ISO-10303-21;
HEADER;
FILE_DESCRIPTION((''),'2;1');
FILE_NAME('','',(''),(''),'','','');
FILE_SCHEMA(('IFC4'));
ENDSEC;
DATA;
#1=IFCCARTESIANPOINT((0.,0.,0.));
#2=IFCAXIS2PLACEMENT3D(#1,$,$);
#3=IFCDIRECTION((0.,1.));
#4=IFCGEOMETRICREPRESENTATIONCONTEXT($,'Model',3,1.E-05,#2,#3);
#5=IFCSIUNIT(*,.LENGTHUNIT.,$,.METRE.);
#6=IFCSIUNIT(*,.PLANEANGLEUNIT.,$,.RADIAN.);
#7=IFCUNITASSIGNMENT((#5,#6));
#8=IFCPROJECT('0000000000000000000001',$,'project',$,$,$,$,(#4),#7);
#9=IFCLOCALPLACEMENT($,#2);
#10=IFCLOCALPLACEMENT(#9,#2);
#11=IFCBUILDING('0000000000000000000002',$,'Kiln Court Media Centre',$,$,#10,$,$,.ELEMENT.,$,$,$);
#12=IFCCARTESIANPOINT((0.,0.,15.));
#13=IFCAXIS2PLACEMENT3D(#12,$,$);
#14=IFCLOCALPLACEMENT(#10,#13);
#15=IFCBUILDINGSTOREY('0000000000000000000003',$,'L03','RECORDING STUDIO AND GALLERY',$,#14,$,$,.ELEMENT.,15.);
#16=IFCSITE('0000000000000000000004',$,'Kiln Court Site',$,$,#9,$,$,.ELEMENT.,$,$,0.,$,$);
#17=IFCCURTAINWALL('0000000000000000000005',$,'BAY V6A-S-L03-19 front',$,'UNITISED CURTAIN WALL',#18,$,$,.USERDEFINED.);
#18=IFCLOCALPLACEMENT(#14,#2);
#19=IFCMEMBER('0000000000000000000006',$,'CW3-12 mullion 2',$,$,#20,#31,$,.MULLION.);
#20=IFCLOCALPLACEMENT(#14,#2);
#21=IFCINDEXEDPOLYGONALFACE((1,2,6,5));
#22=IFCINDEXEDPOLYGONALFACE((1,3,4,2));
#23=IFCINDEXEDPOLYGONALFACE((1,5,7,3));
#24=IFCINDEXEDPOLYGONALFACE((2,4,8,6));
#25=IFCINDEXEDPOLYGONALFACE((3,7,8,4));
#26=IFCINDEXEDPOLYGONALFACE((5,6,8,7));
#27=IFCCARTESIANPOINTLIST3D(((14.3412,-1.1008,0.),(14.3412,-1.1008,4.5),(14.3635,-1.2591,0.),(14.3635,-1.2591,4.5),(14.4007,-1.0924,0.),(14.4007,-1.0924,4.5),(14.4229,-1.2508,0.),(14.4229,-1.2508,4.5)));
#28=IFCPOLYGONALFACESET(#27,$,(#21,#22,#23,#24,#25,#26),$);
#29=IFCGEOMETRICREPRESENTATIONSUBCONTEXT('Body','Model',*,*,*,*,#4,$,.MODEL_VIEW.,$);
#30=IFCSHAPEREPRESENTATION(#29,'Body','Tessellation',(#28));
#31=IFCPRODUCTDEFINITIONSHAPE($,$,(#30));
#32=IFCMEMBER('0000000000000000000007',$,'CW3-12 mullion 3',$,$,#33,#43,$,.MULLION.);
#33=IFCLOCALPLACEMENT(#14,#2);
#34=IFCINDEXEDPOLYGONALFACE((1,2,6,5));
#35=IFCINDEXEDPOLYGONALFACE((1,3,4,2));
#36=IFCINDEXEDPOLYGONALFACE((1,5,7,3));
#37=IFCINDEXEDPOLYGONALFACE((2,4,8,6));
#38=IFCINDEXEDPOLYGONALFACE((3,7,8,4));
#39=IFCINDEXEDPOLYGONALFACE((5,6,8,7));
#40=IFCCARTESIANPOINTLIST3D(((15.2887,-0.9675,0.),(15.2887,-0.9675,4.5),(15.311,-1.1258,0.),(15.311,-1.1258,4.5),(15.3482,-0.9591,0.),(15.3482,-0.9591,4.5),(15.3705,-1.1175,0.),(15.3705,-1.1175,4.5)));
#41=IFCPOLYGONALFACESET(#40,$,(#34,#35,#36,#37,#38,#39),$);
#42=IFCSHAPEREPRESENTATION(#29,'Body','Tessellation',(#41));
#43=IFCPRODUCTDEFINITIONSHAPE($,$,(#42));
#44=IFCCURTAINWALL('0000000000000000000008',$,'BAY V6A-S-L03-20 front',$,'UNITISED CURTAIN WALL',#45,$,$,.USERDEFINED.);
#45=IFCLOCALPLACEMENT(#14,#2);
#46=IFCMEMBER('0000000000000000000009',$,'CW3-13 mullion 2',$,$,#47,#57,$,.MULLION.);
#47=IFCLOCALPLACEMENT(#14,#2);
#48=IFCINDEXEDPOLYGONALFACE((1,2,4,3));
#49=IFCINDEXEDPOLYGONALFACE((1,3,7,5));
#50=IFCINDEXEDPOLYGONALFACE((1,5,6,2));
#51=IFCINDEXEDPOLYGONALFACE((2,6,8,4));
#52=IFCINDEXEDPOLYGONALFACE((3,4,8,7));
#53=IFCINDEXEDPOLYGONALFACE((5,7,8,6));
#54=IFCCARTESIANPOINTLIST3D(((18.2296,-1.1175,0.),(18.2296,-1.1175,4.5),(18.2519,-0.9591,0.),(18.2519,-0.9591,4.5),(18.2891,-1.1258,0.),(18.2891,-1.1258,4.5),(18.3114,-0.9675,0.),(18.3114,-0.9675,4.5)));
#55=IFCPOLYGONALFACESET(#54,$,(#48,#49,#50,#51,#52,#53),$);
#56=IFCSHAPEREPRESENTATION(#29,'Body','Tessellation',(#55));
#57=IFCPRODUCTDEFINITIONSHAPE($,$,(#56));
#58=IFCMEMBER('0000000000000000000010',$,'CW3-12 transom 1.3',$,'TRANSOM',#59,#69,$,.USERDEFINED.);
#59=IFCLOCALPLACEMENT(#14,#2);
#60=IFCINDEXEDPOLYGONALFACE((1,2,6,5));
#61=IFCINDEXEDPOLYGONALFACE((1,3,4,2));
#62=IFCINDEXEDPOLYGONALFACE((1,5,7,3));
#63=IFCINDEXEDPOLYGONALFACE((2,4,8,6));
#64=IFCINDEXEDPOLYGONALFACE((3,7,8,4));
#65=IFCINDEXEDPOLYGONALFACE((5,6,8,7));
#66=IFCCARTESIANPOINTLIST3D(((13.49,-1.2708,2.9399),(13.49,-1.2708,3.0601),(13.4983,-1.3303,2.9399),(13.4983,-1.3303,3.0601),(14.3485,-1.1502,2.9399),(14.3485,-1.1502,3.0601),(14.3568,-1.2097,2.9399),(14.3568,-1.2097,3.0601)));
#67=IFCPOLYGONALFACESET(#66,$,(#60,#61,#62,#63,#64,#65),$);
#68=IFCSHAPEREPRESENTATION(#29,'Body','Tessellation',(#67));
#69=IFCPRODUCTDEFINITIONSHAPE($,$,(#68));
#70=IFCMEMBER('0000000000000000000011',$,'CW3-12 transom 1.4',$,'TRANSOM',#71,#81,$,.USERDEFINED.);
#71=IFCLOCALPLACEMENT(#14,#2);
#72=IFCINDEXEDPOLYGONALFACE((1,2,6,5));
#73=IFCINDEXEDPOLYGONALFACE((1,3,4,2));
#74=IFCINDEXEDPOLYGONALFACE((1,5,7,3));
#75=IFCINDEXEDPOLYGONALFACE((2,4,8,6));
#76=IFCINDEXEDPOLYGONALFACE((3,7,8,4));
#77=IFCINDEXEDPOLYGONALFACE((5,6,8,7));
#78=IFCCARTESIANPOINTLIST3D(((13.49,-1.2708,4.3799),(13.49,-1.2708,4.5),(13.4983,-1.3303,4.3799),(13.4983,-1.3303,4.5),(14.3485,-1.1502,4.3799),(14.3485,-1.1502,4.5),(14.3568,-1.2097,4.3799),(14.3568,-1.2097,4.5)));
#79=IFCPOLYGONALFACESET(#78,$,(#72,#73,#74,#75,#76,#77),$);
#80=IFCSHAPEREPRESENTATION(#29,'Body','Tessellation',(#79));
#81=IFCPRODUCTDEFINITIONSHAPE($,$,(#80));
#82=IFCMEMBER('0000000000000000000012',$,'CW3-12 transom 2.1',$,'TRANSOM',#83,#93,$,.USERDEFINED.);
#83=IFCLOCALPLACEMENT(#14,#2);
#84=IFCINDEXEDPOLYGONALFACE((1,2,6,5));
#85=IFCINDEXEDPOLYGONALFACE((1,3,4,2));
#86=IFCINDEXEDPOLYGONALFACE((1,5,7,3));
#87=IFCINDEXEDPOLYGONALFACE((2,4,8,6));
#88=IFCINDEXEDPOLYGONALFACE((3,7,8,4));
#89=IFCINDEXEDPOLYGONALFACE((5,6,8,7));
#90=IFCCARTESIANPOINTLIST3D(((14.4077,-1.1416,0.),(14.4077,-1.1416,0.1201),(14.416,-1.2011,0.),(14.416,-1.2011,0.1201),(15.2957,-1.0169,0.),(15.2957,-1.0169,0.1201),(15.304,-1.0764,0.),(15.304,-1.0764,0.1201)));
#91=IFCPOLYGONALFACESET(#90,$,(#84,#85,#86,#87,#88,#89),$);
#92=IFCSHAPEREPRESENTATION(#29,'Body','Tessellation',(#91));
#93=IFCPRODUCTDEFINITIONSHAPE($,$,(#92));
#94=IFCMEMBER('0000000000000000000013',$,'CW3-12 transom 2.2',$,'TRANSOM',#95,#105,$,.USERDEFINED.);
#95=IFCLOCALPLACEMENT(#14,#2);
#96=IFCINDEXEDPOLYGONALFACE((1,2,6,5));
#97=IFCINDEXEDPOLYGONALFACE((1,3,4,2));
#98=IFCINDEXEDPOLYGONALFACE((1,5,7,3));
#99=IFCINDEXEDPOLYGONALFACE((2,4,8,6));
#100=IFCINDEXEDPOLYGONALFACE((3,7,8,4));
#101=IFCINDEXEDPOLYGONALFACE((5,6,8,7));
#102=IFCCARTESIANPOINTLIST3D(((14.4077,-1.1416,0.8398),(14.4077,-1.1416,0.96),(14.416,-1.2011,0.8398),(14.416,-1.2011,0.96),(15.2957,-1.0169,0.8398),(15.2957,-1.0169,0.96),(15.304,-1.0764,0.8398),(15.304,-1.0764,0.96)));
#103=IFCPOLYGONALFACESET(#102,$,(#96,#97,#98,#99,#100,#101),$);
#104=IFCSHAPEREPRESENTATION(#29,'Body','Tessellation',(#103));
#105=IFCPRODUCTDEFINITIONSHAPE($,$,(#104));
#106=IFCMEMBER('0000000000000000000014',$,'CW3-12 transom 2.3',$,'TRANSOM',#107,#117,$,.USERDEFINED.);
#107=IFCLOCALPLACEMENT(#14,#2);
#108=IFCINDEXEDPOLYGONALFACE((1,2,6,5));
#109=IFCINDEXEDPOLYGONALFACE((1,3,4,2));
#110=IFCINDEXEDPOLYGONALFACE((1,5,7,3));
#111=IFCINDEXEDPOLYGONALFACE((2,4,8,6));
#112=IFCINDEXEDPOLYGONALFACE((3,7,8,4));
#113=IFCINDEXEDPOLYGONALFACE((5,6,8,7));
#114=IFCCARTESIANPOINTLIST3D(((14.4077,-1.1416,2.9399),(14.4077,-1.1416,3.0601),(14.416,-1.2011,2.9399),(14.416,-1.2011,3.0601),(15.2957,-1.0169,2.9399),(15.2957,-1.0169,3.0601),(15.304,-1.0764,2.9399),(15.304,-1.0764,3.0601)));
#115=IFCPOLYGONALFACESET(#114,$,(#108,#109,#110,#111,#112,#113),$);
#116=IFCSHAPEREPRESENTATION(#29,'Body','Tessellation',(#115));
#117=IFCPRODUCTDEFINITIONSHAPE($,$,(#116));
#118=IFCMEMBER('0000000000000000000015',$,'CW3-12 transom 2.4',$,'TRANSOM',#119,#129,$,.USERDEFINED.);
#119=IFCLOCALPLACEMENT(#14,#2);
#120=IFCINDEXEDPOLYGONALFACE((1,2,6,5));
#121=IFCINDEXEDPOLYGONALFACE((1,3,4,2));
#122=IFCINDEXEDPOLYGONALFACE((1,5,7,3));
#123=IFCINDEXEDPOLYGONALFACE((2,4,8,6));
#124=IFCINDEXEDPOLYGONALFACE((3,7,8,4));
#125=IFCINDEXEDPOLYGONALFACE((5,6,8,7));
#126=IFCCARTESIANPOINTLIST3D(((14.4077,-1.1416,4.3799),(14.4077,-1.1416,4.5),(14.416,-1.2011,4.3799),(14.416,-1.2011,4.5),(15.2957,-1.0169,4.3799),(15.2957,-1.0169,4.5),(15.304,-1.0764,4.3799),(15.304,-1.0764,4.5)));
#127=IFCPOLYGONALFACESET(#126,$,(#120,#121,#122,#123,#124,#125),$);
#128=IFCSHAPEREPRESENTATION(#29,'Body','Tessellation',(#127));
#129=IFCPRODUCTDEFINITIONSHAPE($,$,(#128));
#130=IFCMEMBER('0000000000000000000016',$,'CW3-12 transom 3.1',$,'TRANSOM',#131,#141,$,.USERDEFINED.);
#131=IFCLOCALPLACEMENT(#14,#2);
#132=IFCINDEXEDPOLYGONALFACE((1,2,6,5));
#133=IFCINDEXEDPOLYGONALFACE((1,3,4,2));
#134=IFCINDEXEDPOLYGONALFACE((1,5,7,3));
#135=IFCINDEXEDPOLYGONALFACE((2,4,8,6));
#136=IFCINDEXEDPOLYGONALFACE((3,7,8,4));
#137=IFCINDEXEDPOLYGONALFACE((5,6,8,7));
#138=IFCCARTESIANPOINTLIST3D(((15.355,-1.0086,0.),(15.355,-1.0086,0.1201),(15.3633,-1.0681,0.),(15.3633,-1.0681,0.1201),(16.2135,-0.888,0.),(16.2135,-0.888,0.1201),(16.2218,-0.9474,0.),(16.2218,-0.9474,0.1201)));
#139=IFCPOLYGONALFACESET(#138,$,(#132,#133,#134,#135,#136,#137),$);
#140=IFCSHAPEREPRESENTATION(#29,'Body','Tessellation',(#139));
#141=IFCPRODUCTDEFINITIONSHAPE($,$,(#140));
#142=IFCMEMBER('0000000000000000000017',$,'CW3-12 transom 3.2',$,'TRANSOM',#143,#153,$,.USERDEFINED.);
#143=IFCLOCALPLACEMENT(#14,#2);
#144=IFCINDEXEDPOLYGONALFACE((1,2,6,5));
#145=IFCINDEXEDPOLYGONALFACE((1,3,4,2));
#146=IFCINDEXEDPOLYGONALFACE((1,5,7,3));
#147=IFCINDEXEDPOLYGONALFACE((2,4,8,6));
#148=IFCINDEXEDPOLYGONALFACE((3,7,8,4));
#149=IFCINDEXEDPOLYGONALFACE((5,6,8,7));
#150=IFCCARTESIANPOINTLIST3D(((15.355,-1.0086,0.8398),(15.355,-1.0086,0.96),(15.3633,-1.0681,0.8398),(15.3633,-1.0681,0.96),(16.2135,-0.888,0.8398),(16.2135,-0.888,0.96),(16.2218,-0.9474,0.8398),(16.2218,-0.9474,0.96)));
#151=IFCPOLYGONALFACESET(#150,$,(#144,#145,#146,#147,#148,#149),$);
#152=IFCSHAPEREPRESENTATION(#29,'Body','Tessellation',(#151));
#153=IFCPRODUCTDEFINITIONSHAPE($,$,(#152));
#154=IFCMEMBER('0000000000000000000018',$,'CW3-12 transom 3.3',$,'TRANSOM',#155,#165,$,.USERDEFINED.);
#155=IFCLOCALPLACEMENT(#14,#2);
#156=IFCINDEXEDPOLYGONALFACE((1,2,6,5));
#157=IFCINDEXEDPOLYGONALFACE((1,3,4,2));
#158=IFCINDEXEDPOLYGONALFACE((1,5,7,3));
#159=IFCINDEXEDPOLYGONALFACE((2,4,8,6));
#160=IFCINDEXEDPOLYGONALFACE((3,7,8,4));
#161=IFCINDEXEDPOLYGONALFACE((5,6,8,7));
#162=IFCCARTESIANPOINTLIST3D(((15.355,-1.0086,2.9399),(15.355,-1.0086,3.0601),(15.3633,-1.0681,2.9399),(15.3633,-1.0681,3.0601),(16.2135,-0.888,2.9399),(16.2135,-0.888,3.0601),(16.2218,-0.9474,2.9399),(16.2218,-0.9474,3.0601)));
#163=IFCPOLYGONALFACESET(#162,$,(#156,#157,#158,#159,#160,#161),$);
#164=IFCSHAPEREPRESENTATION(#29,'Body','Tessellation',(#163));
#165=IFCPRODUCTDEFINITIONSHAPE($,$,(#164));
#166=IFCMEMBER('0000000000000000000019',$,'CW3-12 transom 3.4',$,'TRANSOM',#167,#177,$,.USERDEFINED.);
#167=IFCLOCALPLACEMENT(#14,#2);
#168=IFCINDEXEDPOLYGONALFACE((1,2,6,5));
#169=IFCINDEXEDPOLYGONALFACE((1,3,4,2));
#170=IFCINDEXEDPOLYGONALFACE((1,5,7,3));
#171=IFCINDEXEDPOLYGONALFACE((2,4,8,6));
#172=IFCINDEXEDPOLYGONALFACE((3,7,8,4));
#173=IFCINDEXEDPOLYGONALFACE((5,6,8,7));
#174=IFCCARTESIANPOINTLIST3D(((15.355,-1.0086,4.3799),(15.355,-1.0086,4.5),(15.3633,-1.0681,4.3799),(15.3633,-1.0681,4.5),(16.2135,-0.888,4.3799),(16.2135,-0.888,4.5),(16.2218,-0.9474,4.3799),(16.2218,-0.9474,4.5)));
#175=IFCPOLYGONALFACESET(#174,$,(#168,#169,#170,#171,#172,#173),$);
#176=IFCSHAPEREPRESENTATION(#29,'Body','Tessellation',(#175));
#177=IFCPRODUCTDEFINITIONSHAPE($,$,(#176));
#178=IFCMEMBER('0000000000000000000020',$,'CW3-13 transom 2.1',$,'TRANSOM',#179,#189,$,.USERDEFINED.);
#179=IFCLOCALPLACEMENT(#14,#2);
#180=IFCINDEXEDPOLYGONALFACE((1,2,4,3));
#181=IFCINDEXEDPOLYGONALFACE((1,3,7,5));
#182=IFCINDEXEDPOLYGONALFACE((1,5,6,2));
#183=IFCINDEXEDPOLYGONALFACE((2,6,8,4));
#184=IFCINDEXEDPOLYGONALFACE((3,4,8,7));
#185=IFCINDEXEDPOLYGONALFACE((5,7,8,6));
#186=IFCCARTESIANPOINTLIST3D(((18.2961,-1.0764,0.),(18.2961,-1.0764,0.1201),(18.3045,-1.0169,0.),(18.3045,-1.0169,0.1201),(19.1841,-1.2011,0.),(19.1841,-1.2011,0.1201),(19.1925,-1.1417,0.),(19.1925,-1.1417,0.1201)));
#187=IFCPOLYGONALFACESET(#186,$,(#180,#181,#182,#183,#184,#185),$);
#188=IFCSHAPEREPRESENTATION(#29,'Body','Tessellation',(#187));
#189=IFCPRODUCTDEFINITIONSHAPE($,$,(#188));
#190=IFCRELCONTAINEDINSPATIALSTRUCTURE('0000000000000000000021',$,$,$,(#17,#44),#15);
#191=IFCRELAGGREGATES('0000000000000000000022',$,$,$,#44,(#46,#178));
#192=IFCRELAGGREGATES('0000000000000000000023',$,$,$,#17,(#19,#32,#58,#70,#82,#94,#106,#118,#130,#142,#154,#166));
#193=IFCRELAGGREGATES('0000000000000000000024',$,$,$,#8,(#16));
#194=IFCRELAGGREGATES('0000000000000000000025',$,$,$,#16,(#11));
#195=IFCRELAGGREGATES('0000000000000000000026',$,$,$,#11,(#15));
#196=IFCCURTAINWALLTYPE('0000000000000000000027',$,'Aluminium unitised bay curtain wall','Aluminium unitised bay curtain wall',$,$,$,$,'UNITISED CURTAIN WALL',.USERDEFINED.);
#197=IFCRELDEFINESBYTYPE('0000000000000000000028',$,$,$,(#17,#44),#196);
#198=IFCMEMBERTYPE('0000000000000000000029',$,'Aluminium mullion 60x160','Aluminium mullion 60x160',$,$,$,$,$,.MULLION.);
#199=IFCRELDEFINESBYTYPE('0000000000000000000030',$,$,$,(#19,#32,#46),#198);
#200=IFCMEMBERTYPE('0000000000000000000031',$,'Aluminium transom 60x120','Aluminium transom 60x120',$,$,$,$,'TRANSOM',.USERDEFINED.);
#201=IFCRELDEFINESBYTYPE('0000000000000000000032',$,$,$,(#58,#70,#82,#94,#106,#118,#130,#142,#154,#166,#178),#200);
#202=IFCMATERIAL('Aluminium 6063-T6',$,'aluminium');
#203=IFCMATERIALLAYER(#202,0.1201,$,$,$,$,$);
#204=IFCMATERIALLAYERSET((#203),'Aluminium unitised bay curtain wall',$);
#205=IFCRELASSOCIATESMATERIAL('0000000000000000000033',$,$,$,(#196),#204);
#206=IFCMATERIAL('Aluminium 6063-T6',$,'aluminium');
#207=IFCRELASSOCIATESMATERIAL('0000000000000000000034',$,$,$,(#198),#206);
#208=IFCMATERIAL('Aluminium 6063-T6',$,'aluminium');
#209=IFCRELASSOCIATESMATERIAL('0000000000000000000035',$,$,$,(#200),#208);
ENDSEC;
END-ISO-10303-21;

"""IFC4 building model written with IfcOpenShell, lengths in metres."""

from ifc_helpers import new_model, si_unit, direction, frame, origin, origin_2d, place, context, subcontext, project, spatial, rectangle, extrude, material, layer, layer_set, material_profile, profile_set, type_object, element, aggregate, save


model = new_model("IFC4")

# Units and contexts
model_context = context("Model", 3, precision=1e-05, world=origin(), true_north=direction((0.0, 1.0)))
body_context = subcontext(model_context, "Body", "Model", "MODEL_VIEW")
ifc_project = project(units=[si_unit("LENGTHUNIT", "METRE"), si_unit("PLANEANGLEUNIT", "RADIAN")], contexts=[model_context])

# Site, building, storey
site_placement = place(None, origin())
site = spatial("IfcSite", under=ifc_project, at=site_placement, Name="Kiln Court Site", CompositionType="ELEMENT", RefElevation=0.0)
building_placement = place(site_placement, origin())
building = spatial("IfcBuilding", under=site, at=building_placement, Name="Kiln Court Media Centre", CompositionType="ELEMENT")
storey_placement = place(building_placement, frame((0.0, 0.0, 15.0)))
storey = spatial("IfcBuildingStorey", under=building, at=storey_placement, Name="L03", Description="RECORDING STUDIO AND GALLERY", CompositionType="ELEMENT", Elevation=15.0)

# Curtain wall, members
ifc_material_1 = material(Name="Aluminium 6063-T6", Category="aluminium")
ifc_layer_1 = layer(ifc_material_1, 0.1201)
ifc_layer_set_1 = layer_set([ifc_layer_1], Name="Aluminium unitised bay curtain wall")
curtain_wall_type = type_object("IfcCurtainWallType", Name="Aluminium unitised bay curtain wall", Description="Aluminium unitised bay curtain wall", ElementType="UNITISED CURTAIN WALL", PredefinedType="USERDEFINED", material=ifc_layer_set_1)
curtain_wall_1_placement = place(storey_placement, origin())
curtain_wall_1 = element("IfcCurtainWall", 1, at=curtain_wall_1_placement, inside=storey, type_object=curtain_wall_type, Name="BAY V6A-S-L03-19 front", ObjectType="UNITISED CURTAIN WALL", PredefinedType="USERDEFINED")
ifc_material_2 = material(Name="Aluminium 6063-T6", Category="aluminium")
ifc_material_profile_1 = material_profile(ifc_material_2, rectangle(XDim=0.0601, YDim=0.1599, at=origin_2d()), Name="Aluminium mullion 60x160")
ifc_profile_set_1 = profile_set([ifc_material_profile_1], Name="Aluminium 6063-T6")
member_type_1 = type_object("IfcMemberType", Name="Aluminium mullion 60x160", Description="Aluminium mullion 60x160", PredefinedType="MULLION", material=ifc_profile_set_1)
member_1_placement = place(storey_placement, frame((14.3821, -1.1758, 0.0), z_axis=(0.0, 0.0, 1.0), x_axis=(0.99027, 0.139162, 0.0)))
member_1 = element("IfcMember", 2, at=member_1_placement, type_object=member_type_1, Name="CW3-12 mullion 2", PredefinedType="MULLION", context=body_context, shape_type="SweptSolid", body=[
    extrude(rectangle(XDim=0.0601, YDim=0.1599, at=origin_2d()), origin(), (0.0, 0.0, 1.0), 4.5),
])
member_2_placement = place(storey_placement, frame((15.3296, -1.0425, 0.0), z_axis=(0.0, 0.0, 1.0), x_axis=(0.99027, 0.139162, 0.0)))
member_2 = element("IfcMember", 3, at=member_2_placement, type_object=member_type_1, Name="CW3-12 mullion 3", PredefinedType="MULLION", context=body_context, shape_type="SweptSolid", body=[
    extrude(rectangle(XDim=0.0601, YDim=0.1599, at=origin_2d()), origin(), (0.0, 0.0, 1.0), 4.5),
])

# Curtain wall, member
curtain_wall_2_placement = place(storey_placement, origin())
curtain_wall_2 = element("IfcCurtainWall", 4, at=curtain_wall_2_placement, inside=storey, type_object=curtain_wall_type, Name="BAY V6A-S-L03-20 front", ObjectType="UNITISED CURTAIN WALL", PredefinedType="USERDEFINED")
member_3_placement = place(storey_placement, frame((18.2705, -1.0425, 0.0), z_axis=(0.0, 0.0, 1.0), x_axis=(0.99027, -0.139162, 0.0)))
member_3 = element("IfcMember", 5, at=member_3_placement, type_object=member_type_1, Name="CW3-13 mullion 2", PredefinedType="MULLION", context=body_context, shape_type="SweptSolid", body=[
    extrude(rectangle(XDim=0.0601, YDim=0.1599, at=origin_2d()), origin(), (0.0, 0.0, 1.0), 4.5),
])

# Members
ifc_material_3 = material(Name="Aluminium 6063-T6", Category="aluminium")
ifc_material_profile_2 = material_profile(ifc_material_3, rectangle(XDim=0.0601, YDim=0.1201, at=origin_2d()), Name="Aluminium transom 60x120")
ifc_profile_set_2 = profile_set([ifc_material_profile_2], Name="Aluminium 6063-T6")
member_type_2 = type_object("IfcMemberType", Name="Aluminium transom 60x120", Description="Aluminium transom 60x120", ElementType="TRANSOM", PredefinedType="USERDEFINED", material=ifc_profile_set_2)
member_4_placement = place(storey_placement, frame((13.4941, -1.3005, 3.0), z_axis=(0.990274, 0.139134, 0.0), x_axis=(-0.139134, 0.990274, 0.0)))
member_4 = element("IfcMember", 6, at=member_4_placement, type_object=member_type_2, Name="CW3-12 transom 1.3", ObjectType="TRANSOM", PredefinedType="USERDEFINED", context=body_context, shape_type="SweptSolid", body=[
    extrude(rectangle(XDim=0.0601, YDim=0.1201, at=origin_2d()), origin(), (0.0, 0.0, 1.0), 0.8669),
])
member_5_placement = place(storey_placement, frame((13.4941, -1.3005, 4.4399), z_axis=(0.990274, 0.139134, 0.0), x_axis=(-0.139134, 0.990274, 0.0)))
member_5 = element("IfcMember", 7, at=member_5_placement, type_object=member_type_2, Name="CW3-12 transom 1.4", ObjectType="TRANSOM", PredefinedType="USERDEFINED", context=body_context, shape_type="SweptSolid", body=[
    extrude(rectangle(XDim=0.0601, YDim=0.1201, at=origin_2d()), origin(), (0.0, 0.0, 1.0), 0.8669),
])
member_6_placement = place(storey_placement, frame((14.4119, -1.1714, 0.0601), z_axis=(0.990274, 0.139134, 0.0), x_axis=(-0.139134, 0.990274, 0.0)))
member_6 = element("IfcMember", 8, at=member_6_placement, type_object=member_type_2, Name="CW3-12 transom 2.1", ObjectType="TRANSOM", PredefinedType="USERDEFINED", context=body_context, shape_type="SweptSolid", body=[
    extrude(rectangle(XDim=0.0601, YDim=0.1201, at=origin_2d()), origin(), (0.0, 0.0, 1.0), 0.8967),
])
member_7_placement = place(storey_placement, frame((14.4119, -1.1714, 0.8999), z_axis=(0.990274, 0.139134, 0.0), x_axis=(-0.139134, 0.990274, 0.0)))
member_7 = element("IfcMember", 9, at=member_7_placement, type_object=member_type_2, Name="CW3-12 transom 2.2", ObjectType="TRANSOM", PredefinedType="USERDEFINED", context=body_context, shape_type="SweptSolid", body=[
    extrude(rectangle(XDim=0.0601, YDim=0.1201, at=origin_2d()), origin(), (0.0, 0.0, 1.0), 0.8967),
])
member_8_placement = place(storey_placement, frame((14.4119, -1.1714, 3.0), z_axis=(0.990274, 0.139134, 0.0), x_axis=(-0.139134, 0.990274, 0.0)))
member_8 = element("IfcMember", 10, at=member_8_placement, type_object=member_type_2, Name="CW3-12 transom 2.3", ObjectType="TRANSOM", PredefinedType="USERDEFINED", context=body_context, shape_type="SweptSolid", body=[
    extrude(rectangle(XDim=0.0601, YDim=0.1201, at=origin_2d()), origin(), (0.0, 0.0, 1.0), 0.8967),
])
member_9_placement = place(storey_placement, frame((14.4119, -1.1714, 4.4399), z_axis=(0.990274, 0.139134, 0.0), x_axis=(-0.139134, 0.990274, 0.0)))
member_9 = element("IfcMember", 11, at=member_9_placement, type_object=member_type_2, Name="CW3-12 transom 2.4", ObjectType="TRANSOM", PredefinedType="USERDEFINED", context=body_context, shape_type="SweptSolid", body=[
    extrude(rectangle(XDim=0.0601, YDim=0.1201, at=origin_2d()), origin(), (0.0, 0.0, 1.0), 0.8967),
])
member_10_placement = place(storey_placement, frame((15.3591, -1.0383, 0.0601), z_axis=(0.990274, 0.139134, 0.0), x_axis=(-0.139134, 0.990274, 0.0)))
member_10 = element("IfcMember", 12, at=member_10_placement, type_object=member_type_2, Name="CW3-12 transom 3.1", ObjectType="TRANSOM", PredefinedType="USERDEFINED", context=body_context, shape_type="SweptSolid", body=[
    extrude(rectangle(XDim=0.0601, YDim=0.1201, at=origin_2d()), origin(), (0.0, 0.0, 1.0), 0.8669),
])
member_11_placement = place(storey_placement, frame((15.3591, -1.0383, 0.8999), z_axis=(0.990274, 0.139134, 0.0), x_axis=(-0.139134, 0.990274, 0.0)))
member_11 = element("IfcMember", 13, at=member_11_placement, type_object=member_type_2, Name="CW3-12 transom 3.2", ObjectType="TRANSOM", PredefinedType="USERDEFINED", context=body_context, shape_type="SweptSolid", body=[
    extrude(rectangle(XDim=0.0601, YDim=0.1201, at=origin_2d()), origin(), (0.0, 0.0, 1.0), 0.8669),
])
member_12_placement = place(storey_placement, frame((15.3591, -1.0383, 3.0), z_axis=(0.990274, 0.139134, 0.0), x_axis=(-0.139134, 0.990274, 0.0)))
member_12 = element("IfcMember", 14, at=member_12_placement, type_object=member_type_2, Name="CW3-12 transom 3.3", ObjectType="TRANSOM", PredefinedType="USERDEFINED", context=body_context, shape_type="SweptSolid", body=[
    extrude(rectangle(XDim=0.0601, YDim=0.1201, at=origin_2d()), origin(), (0.0, 0.0, 1.0), 0.8669),
])
member_13_placement = place(storey_placement, frame((15.3591, -1.0383, 4.4399), z_axis=(0.990274, 0.139134, 0.0), x_axis=(-0.139134, 0.990274, 0.0)))
member_13 = element("IfcMember", 15, at=member_13_placement, type_object=member_type_2, Name="CW3-12 transom 3.4", ObjectType="TRANSOM", PredefinedType="USERDEFINED", context=body_context, shape_type="SweptSolid", body=[
    extrude(rectangle(XDim=0.0601, YDim=0.1201, at=origin_2d()), origin(), (0.0, 0.0, 1.0), 0.8669),
])
member_14_placement = place(storey_placement, frame((18.3003, -1.0466, 0.0601), z_axis=(0.990274, -0.139134, 0.0), x_axis=(0.139134, 0.990274, 0.0)))
member_14 = element("IfcMember", 16, at=member_14_placement, type_object=member_type_2, Name="CW3-13 transom 2.1", ObjectType="TRANSOM", PredefinedType="USERDEFINED", context=body_context, shape_type="SweptSolid", body=[
    extrude(rectangle(XDim=0.0601, YDim=0.1201, at=origin_2d()), origin(), (0.0, 0.0, 1.0), 0.8967),
])
aggregate(curtain_wall_2, [member_3, member_14])

aggregate(curtain_wall_1, [member_1, member_2, member_4, member_5, member_6, member_7, member_8, member_9, member_10, member_11, member_12, member_13])

save(model, "model.ifc")
